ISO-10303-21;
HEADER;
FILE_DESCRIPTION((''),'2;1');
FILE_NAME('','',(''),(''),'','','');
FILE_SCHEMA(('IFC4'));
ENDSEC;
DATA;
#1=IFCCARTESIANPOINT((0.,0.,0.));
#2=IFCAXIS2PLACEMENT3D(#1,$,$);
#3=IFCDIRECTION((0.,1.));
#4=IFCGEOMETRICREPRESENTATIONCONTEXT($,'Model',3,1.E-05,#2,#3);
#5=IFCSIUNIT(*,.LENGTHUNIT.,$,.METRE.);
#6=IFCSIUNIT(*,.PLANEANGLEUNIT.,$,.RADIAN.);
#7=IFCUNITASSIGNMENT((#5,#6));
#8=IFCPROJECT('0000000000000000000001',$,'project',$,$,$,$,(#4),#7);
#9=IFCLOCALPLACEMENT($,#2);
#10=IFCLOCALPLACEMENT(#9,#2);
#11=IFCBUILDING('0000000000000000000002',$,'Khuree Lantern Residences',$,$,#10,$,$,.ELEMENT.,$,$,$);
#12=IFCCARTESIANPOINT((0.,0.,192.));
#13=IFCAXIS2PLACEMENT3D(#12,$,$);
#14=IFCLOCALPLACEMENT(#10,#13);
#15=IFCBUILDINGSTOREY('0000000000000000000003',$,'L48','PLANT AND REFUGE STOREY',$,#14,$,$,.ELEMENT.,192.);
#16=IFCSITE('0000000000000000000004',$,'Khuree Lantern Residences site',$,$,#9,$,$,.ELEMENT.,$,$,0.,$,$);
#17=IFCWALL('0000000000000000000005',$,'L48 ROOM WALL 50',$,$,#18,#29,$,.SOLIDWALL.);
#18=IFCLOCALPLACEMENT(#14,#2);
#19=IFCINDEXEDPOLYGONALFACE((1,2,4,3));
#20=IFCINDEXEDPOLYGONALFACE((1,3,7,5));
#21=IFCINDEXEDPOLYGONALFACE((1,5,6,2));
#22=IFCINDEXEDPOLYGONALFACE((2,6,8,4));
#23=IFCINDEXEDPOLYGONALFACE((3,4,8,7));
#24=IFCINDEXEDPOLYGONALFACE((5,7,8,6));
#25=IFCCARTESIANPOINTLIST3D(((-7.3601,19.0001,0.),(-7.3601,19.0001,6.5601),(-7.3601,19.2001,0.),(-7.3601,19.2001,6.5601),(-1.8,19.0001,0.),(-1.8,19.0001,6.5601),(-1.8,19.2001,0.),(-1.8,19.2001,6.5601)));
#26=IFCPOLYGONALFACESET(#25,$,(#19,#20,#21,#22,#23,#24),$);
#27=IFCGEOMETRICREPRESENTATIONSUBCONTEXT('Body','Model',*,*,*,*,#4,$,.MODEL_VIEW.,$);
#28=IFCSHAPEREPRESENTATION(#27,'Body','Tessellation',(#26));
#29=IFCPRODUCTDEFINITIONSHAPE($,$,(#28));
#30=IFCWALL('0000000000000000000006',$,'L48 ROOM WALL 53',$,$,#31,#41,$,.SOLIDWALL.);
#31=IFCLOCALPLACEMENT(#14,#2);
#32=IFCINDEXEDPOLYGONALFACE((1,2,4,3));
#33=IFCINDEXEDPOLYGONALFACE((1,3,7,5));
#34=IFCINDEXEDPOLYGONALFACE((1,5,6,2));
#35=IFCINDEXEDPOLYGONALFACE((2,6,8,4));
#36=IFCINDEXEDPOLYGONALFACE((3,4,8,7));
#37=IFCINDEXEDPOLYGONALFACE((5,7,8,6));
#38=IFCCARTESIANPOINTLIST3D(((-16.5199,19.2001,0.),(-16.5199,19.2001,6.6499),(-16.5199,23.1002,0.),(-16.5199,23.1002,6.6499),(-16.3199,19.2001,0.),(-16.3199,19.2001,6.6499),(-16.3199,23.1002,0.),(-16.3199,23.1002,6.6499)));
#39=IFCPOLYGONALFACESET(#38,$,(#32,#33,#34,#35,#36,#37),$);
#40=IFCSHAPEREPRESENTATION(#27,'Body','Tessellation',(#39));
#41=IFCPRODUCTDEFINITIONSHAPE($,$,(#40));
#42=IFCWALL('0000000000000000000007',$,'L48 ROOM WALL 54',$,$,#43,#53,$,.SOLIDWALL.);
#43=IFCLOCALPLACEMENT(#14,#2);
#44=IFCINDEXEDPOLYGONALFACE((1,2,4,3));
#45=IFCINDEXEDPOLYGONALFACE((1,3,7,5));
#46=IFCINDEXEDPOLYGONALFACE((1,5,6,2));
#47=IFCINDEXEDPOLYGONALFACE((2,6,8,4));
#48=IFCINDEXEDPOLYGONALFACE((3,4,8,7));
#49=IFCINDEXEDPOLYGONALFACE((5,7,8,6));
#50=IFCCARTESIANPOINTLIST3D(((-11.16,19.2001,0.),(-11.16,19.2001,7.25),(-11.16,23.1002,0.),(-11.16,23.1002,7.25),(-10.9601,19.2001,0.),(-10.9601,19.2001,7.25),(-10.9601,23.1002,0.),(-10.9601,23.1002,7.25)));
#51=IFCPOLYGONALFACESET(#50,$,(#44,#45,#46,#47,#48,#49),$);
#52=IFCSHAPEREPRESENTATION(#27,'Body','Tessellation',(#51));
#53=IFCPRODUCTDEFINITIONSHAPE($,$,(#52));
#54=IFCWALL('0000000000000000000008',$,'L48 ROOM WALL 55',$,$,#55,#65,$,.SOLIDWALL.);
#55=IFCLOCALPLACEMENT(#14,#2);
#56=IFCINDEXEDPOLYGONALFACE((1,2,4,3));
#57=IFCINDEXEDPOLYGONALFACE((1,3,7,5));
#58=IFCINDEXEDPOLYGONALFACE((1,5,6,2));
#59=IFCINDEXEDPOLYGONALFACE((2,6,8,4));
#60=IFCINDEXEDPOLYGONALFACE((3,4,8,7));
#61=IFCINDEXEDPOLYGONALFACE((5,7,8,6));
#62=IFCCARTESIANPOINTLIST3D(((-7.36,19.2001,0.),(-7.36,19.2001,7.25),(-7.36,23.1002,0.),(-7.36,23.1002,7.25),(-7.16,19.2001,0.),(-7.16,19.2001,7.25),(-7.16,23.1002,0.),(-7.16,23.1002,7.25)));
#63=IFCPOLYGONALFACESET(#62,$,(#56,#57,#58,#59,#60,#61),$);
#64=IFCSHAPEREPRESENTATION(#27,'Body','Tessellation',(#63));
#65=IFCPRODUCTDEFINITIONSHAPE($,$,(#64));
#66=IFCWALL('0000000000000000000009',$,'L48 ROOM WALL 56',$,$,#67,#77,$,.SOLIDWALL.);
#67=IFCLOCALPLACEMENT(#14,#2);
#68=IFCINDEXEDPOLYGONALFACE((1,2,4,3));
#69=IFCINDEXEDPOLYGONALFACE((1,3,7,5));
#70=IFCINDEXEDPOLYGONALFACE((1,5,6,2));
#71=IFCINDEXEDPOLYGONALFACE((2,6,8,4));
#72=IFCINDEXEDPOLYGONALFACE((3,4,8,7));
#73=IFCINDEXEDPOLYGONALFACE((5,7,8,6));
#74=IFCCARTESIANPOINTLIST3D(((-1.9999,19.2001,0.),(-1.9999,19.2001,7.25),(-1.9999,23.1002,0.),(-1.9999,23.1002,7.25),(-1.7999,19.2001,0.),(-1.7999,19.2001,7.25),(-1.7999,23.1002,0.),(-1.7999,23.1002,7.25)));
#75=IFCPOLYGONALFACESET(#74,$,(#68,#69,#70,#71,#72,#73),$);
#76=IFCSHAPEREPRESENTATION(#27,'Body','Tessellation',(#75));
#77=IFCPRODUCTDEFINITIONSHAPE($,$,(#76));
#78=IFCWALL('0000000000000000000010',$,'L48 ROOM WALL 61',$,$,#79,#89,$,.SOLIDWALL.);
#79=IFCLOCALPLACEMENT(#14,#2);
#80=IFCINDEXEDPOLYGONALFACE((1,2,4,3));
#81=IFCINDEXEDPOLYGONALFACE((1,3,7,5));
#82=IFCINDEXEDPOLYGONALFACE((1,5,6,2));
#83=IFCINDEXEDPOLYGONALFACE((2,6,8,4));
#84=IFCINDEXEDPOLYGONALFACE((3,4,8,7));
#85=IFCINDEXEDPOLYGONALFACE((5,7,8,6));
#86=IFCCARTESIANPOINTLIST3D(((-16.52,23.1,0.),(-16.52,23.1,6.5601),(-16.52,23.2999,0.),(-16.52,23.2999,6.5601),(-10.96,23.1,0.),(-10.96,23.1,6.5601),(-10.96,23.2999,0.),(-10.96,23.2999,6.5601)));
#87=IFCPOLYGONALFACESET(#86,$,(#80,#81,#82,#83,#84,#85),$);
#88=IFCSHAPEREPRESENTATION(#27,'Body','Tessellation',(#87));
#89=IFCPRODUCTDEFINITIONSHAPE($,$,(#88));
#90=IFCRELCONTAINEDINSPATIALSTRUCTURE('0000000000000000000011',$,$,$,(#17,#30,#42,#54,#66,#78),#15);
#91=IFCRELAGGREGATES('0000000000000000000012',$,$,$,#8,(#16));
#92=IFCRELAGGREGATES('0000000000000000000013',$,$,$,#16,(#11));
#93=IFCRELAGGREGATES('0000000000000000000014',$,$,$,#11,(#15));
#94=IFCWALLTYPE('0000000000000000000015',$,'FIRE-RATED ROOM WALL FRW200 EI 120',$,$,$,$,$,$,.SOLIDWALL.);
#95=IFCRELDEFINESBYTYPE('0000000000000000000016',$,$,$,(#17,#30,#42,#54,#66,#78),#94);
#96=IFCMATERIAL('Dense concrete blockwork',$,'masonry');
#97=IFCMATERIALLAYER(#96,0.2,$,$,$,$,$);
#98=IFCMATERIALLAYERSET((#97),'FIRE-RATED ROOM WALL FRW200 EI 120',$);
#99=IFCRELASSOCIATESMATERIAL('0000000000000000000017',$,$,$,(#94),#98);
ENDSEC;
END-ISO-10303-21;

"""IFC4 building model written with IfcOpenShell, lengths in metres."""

from ifc_helpers import new_model, si_unit, direction, frame, frame_2d, origin, place, context, subcontext, project, spatial, rectangle, extrude, material, layer, layer_set, type_object, element, save


model = new_model("IFC4")

# Units and contexts
model_context = context("Model", 3, precision=1e-05, world=origin(), true_north=direction((0.0, 1.0)))
body_context = subcontext(model_context, "Body", "Model", "MODEL_VIEW")
ifc_project = project(units=[si_unit("LENGTHUNIT", "METRE"), si_unit("PLANEANGLEUNIT", "RADIAN")], contexts=[model_context])

# Site, building, storey
site_placement = place(None, origin())
site = spatial("IfcSite", under=ifc_project, at=site_placement, Name="Khuree Lantern Residences site", CompositionType="ELEMENT", RefElevation=0.0)
building_placement = place(site_placement, origin())
building = spatial("IfcBuilding", under=site, at=building_placement, Name="Khuree Lantern Residences", CompositionType="ELEMENT")
storey_placement = place(building_placement, frame((0.0, 0.0, 192.0)))
storey = spatial("IfcBuildingStorey", under=building, at=storey_placement, Name="L48", Description="PLANT AND REFUGE STOREY", CompositionType="ELEMENT", Elevation=192.0)

# Shared definitions
ifc_material_1 = material(Name="Dense concrete blockwork", Category="masonry")
ifc_layer_1 = layer(ifc_material_1, 0.2)
ifc_layer_set_1 = layer_set([ifc_layer_1], Name="FIRE-RATED ROOM WALL FRW200 EI 120")
wall_type_1 = type_object("IfcWallType", Name="FIRE-RATED ROOM WALL FRW200 EI 120", PredefinedType="SOLIDWALL", material=ifc_layer_set_1)

# Walls
wall_1_placement = place(storey_placement, frame((-7.3601, 19.1001, 0.0), z_axis=(0.0, 0.0, 1.0), x_axis=(1.0, 0.0, 0.0)))
element("IfcWall", 1, at=wall_1_placement, inside=storey, type_object=wall_type_1, Name="L48 ROOM WALL 50", PredefinedType="SOLIDWALL", context=body_context, shape_type="SweptSolid", body=[
    extrude(rectangle(XDim=5.5601, YDim=0.2, at=frame_2d((2.78, 0.0))), origin(), (0.0, 0.0, 1.0), 6.5601),
])
wall_2_placement = place(storey_placement, frame((-16.4199, 19.2, 0.0), z_axis=(0.0, 0.0, 1.0), x_axis=(0.0, 1.0, 0.0)))
element("IfcWall", 2, at=wall_2_placement, inside=storey, type_object=wall_type_1, Name="L48 ROOM WALL 53", PredefinedType="SOLIDWALL", context=body_context, shape_type="SweptSolid", body=[
    extrude(rectangle(XDim=3.9001, YDim=0.2, at=frame_2d((1.9502, 0.0))), origin(), (0.0, 0.0, 1.0), 6.6499),
])
for number, where, z_axis, x_axis, name in (
    (3, (-11.0601, 19.2, 0.0), (0.0, 0.0, 1.0), (0.0, 1.0, 0.0), "L48 ROOM WALL 54"),
    (4, (-7.26, 19.2, 0.0), (0.0, 0.0, 1.0), (0.0, 1.0, 0.0), "L48 ROOM WALL 55"),
    (5, (-1.8999, 19.2, 0.0), (0.0, 0.0, 1.0), (0.0, 1.0, 0.0), "L48 ROOM WALL 56"),
):
    element("IfcWall", number, at=place(storey_placement, frame(where, z_axis=z_axis, x_axis=x_axis)), inside=storey, type_object=wall_type_1, Name=name, PredefinedType="SOLIDWALL", context=body_context, shape_type="SweptSolid", body=[
        extrude(rectangle(XDim=3.9001, YDim=0.2, at=frame_2d((1.9502, 0.0))), origin(), (0.0, 0.0, 1.0), 7.25),
    ])
wall_3_placement = place(storey_placement, frame((-16.52, 23.2, 0.0), z_axis=(0.0, 0.0, 1.0), x_axis=(1.0, 0.0, 0.0)))
element("IfcWall", 6, at=wall_3_placement, inside=storey, type_object=wall_type_1, Name="L48 ROOM WALL 61", PredefinedType="SOLIDWALL", context=body_context, shape_type="SweptSolid", body=[
    extrude(rectangle(XDim=5.5601, YDim=0.2, at=frame_2d((2.78, 0.0))), origin(), (0.0, 0.0, 1.0), 6.5601),
])

save(model, "model.ifc")
